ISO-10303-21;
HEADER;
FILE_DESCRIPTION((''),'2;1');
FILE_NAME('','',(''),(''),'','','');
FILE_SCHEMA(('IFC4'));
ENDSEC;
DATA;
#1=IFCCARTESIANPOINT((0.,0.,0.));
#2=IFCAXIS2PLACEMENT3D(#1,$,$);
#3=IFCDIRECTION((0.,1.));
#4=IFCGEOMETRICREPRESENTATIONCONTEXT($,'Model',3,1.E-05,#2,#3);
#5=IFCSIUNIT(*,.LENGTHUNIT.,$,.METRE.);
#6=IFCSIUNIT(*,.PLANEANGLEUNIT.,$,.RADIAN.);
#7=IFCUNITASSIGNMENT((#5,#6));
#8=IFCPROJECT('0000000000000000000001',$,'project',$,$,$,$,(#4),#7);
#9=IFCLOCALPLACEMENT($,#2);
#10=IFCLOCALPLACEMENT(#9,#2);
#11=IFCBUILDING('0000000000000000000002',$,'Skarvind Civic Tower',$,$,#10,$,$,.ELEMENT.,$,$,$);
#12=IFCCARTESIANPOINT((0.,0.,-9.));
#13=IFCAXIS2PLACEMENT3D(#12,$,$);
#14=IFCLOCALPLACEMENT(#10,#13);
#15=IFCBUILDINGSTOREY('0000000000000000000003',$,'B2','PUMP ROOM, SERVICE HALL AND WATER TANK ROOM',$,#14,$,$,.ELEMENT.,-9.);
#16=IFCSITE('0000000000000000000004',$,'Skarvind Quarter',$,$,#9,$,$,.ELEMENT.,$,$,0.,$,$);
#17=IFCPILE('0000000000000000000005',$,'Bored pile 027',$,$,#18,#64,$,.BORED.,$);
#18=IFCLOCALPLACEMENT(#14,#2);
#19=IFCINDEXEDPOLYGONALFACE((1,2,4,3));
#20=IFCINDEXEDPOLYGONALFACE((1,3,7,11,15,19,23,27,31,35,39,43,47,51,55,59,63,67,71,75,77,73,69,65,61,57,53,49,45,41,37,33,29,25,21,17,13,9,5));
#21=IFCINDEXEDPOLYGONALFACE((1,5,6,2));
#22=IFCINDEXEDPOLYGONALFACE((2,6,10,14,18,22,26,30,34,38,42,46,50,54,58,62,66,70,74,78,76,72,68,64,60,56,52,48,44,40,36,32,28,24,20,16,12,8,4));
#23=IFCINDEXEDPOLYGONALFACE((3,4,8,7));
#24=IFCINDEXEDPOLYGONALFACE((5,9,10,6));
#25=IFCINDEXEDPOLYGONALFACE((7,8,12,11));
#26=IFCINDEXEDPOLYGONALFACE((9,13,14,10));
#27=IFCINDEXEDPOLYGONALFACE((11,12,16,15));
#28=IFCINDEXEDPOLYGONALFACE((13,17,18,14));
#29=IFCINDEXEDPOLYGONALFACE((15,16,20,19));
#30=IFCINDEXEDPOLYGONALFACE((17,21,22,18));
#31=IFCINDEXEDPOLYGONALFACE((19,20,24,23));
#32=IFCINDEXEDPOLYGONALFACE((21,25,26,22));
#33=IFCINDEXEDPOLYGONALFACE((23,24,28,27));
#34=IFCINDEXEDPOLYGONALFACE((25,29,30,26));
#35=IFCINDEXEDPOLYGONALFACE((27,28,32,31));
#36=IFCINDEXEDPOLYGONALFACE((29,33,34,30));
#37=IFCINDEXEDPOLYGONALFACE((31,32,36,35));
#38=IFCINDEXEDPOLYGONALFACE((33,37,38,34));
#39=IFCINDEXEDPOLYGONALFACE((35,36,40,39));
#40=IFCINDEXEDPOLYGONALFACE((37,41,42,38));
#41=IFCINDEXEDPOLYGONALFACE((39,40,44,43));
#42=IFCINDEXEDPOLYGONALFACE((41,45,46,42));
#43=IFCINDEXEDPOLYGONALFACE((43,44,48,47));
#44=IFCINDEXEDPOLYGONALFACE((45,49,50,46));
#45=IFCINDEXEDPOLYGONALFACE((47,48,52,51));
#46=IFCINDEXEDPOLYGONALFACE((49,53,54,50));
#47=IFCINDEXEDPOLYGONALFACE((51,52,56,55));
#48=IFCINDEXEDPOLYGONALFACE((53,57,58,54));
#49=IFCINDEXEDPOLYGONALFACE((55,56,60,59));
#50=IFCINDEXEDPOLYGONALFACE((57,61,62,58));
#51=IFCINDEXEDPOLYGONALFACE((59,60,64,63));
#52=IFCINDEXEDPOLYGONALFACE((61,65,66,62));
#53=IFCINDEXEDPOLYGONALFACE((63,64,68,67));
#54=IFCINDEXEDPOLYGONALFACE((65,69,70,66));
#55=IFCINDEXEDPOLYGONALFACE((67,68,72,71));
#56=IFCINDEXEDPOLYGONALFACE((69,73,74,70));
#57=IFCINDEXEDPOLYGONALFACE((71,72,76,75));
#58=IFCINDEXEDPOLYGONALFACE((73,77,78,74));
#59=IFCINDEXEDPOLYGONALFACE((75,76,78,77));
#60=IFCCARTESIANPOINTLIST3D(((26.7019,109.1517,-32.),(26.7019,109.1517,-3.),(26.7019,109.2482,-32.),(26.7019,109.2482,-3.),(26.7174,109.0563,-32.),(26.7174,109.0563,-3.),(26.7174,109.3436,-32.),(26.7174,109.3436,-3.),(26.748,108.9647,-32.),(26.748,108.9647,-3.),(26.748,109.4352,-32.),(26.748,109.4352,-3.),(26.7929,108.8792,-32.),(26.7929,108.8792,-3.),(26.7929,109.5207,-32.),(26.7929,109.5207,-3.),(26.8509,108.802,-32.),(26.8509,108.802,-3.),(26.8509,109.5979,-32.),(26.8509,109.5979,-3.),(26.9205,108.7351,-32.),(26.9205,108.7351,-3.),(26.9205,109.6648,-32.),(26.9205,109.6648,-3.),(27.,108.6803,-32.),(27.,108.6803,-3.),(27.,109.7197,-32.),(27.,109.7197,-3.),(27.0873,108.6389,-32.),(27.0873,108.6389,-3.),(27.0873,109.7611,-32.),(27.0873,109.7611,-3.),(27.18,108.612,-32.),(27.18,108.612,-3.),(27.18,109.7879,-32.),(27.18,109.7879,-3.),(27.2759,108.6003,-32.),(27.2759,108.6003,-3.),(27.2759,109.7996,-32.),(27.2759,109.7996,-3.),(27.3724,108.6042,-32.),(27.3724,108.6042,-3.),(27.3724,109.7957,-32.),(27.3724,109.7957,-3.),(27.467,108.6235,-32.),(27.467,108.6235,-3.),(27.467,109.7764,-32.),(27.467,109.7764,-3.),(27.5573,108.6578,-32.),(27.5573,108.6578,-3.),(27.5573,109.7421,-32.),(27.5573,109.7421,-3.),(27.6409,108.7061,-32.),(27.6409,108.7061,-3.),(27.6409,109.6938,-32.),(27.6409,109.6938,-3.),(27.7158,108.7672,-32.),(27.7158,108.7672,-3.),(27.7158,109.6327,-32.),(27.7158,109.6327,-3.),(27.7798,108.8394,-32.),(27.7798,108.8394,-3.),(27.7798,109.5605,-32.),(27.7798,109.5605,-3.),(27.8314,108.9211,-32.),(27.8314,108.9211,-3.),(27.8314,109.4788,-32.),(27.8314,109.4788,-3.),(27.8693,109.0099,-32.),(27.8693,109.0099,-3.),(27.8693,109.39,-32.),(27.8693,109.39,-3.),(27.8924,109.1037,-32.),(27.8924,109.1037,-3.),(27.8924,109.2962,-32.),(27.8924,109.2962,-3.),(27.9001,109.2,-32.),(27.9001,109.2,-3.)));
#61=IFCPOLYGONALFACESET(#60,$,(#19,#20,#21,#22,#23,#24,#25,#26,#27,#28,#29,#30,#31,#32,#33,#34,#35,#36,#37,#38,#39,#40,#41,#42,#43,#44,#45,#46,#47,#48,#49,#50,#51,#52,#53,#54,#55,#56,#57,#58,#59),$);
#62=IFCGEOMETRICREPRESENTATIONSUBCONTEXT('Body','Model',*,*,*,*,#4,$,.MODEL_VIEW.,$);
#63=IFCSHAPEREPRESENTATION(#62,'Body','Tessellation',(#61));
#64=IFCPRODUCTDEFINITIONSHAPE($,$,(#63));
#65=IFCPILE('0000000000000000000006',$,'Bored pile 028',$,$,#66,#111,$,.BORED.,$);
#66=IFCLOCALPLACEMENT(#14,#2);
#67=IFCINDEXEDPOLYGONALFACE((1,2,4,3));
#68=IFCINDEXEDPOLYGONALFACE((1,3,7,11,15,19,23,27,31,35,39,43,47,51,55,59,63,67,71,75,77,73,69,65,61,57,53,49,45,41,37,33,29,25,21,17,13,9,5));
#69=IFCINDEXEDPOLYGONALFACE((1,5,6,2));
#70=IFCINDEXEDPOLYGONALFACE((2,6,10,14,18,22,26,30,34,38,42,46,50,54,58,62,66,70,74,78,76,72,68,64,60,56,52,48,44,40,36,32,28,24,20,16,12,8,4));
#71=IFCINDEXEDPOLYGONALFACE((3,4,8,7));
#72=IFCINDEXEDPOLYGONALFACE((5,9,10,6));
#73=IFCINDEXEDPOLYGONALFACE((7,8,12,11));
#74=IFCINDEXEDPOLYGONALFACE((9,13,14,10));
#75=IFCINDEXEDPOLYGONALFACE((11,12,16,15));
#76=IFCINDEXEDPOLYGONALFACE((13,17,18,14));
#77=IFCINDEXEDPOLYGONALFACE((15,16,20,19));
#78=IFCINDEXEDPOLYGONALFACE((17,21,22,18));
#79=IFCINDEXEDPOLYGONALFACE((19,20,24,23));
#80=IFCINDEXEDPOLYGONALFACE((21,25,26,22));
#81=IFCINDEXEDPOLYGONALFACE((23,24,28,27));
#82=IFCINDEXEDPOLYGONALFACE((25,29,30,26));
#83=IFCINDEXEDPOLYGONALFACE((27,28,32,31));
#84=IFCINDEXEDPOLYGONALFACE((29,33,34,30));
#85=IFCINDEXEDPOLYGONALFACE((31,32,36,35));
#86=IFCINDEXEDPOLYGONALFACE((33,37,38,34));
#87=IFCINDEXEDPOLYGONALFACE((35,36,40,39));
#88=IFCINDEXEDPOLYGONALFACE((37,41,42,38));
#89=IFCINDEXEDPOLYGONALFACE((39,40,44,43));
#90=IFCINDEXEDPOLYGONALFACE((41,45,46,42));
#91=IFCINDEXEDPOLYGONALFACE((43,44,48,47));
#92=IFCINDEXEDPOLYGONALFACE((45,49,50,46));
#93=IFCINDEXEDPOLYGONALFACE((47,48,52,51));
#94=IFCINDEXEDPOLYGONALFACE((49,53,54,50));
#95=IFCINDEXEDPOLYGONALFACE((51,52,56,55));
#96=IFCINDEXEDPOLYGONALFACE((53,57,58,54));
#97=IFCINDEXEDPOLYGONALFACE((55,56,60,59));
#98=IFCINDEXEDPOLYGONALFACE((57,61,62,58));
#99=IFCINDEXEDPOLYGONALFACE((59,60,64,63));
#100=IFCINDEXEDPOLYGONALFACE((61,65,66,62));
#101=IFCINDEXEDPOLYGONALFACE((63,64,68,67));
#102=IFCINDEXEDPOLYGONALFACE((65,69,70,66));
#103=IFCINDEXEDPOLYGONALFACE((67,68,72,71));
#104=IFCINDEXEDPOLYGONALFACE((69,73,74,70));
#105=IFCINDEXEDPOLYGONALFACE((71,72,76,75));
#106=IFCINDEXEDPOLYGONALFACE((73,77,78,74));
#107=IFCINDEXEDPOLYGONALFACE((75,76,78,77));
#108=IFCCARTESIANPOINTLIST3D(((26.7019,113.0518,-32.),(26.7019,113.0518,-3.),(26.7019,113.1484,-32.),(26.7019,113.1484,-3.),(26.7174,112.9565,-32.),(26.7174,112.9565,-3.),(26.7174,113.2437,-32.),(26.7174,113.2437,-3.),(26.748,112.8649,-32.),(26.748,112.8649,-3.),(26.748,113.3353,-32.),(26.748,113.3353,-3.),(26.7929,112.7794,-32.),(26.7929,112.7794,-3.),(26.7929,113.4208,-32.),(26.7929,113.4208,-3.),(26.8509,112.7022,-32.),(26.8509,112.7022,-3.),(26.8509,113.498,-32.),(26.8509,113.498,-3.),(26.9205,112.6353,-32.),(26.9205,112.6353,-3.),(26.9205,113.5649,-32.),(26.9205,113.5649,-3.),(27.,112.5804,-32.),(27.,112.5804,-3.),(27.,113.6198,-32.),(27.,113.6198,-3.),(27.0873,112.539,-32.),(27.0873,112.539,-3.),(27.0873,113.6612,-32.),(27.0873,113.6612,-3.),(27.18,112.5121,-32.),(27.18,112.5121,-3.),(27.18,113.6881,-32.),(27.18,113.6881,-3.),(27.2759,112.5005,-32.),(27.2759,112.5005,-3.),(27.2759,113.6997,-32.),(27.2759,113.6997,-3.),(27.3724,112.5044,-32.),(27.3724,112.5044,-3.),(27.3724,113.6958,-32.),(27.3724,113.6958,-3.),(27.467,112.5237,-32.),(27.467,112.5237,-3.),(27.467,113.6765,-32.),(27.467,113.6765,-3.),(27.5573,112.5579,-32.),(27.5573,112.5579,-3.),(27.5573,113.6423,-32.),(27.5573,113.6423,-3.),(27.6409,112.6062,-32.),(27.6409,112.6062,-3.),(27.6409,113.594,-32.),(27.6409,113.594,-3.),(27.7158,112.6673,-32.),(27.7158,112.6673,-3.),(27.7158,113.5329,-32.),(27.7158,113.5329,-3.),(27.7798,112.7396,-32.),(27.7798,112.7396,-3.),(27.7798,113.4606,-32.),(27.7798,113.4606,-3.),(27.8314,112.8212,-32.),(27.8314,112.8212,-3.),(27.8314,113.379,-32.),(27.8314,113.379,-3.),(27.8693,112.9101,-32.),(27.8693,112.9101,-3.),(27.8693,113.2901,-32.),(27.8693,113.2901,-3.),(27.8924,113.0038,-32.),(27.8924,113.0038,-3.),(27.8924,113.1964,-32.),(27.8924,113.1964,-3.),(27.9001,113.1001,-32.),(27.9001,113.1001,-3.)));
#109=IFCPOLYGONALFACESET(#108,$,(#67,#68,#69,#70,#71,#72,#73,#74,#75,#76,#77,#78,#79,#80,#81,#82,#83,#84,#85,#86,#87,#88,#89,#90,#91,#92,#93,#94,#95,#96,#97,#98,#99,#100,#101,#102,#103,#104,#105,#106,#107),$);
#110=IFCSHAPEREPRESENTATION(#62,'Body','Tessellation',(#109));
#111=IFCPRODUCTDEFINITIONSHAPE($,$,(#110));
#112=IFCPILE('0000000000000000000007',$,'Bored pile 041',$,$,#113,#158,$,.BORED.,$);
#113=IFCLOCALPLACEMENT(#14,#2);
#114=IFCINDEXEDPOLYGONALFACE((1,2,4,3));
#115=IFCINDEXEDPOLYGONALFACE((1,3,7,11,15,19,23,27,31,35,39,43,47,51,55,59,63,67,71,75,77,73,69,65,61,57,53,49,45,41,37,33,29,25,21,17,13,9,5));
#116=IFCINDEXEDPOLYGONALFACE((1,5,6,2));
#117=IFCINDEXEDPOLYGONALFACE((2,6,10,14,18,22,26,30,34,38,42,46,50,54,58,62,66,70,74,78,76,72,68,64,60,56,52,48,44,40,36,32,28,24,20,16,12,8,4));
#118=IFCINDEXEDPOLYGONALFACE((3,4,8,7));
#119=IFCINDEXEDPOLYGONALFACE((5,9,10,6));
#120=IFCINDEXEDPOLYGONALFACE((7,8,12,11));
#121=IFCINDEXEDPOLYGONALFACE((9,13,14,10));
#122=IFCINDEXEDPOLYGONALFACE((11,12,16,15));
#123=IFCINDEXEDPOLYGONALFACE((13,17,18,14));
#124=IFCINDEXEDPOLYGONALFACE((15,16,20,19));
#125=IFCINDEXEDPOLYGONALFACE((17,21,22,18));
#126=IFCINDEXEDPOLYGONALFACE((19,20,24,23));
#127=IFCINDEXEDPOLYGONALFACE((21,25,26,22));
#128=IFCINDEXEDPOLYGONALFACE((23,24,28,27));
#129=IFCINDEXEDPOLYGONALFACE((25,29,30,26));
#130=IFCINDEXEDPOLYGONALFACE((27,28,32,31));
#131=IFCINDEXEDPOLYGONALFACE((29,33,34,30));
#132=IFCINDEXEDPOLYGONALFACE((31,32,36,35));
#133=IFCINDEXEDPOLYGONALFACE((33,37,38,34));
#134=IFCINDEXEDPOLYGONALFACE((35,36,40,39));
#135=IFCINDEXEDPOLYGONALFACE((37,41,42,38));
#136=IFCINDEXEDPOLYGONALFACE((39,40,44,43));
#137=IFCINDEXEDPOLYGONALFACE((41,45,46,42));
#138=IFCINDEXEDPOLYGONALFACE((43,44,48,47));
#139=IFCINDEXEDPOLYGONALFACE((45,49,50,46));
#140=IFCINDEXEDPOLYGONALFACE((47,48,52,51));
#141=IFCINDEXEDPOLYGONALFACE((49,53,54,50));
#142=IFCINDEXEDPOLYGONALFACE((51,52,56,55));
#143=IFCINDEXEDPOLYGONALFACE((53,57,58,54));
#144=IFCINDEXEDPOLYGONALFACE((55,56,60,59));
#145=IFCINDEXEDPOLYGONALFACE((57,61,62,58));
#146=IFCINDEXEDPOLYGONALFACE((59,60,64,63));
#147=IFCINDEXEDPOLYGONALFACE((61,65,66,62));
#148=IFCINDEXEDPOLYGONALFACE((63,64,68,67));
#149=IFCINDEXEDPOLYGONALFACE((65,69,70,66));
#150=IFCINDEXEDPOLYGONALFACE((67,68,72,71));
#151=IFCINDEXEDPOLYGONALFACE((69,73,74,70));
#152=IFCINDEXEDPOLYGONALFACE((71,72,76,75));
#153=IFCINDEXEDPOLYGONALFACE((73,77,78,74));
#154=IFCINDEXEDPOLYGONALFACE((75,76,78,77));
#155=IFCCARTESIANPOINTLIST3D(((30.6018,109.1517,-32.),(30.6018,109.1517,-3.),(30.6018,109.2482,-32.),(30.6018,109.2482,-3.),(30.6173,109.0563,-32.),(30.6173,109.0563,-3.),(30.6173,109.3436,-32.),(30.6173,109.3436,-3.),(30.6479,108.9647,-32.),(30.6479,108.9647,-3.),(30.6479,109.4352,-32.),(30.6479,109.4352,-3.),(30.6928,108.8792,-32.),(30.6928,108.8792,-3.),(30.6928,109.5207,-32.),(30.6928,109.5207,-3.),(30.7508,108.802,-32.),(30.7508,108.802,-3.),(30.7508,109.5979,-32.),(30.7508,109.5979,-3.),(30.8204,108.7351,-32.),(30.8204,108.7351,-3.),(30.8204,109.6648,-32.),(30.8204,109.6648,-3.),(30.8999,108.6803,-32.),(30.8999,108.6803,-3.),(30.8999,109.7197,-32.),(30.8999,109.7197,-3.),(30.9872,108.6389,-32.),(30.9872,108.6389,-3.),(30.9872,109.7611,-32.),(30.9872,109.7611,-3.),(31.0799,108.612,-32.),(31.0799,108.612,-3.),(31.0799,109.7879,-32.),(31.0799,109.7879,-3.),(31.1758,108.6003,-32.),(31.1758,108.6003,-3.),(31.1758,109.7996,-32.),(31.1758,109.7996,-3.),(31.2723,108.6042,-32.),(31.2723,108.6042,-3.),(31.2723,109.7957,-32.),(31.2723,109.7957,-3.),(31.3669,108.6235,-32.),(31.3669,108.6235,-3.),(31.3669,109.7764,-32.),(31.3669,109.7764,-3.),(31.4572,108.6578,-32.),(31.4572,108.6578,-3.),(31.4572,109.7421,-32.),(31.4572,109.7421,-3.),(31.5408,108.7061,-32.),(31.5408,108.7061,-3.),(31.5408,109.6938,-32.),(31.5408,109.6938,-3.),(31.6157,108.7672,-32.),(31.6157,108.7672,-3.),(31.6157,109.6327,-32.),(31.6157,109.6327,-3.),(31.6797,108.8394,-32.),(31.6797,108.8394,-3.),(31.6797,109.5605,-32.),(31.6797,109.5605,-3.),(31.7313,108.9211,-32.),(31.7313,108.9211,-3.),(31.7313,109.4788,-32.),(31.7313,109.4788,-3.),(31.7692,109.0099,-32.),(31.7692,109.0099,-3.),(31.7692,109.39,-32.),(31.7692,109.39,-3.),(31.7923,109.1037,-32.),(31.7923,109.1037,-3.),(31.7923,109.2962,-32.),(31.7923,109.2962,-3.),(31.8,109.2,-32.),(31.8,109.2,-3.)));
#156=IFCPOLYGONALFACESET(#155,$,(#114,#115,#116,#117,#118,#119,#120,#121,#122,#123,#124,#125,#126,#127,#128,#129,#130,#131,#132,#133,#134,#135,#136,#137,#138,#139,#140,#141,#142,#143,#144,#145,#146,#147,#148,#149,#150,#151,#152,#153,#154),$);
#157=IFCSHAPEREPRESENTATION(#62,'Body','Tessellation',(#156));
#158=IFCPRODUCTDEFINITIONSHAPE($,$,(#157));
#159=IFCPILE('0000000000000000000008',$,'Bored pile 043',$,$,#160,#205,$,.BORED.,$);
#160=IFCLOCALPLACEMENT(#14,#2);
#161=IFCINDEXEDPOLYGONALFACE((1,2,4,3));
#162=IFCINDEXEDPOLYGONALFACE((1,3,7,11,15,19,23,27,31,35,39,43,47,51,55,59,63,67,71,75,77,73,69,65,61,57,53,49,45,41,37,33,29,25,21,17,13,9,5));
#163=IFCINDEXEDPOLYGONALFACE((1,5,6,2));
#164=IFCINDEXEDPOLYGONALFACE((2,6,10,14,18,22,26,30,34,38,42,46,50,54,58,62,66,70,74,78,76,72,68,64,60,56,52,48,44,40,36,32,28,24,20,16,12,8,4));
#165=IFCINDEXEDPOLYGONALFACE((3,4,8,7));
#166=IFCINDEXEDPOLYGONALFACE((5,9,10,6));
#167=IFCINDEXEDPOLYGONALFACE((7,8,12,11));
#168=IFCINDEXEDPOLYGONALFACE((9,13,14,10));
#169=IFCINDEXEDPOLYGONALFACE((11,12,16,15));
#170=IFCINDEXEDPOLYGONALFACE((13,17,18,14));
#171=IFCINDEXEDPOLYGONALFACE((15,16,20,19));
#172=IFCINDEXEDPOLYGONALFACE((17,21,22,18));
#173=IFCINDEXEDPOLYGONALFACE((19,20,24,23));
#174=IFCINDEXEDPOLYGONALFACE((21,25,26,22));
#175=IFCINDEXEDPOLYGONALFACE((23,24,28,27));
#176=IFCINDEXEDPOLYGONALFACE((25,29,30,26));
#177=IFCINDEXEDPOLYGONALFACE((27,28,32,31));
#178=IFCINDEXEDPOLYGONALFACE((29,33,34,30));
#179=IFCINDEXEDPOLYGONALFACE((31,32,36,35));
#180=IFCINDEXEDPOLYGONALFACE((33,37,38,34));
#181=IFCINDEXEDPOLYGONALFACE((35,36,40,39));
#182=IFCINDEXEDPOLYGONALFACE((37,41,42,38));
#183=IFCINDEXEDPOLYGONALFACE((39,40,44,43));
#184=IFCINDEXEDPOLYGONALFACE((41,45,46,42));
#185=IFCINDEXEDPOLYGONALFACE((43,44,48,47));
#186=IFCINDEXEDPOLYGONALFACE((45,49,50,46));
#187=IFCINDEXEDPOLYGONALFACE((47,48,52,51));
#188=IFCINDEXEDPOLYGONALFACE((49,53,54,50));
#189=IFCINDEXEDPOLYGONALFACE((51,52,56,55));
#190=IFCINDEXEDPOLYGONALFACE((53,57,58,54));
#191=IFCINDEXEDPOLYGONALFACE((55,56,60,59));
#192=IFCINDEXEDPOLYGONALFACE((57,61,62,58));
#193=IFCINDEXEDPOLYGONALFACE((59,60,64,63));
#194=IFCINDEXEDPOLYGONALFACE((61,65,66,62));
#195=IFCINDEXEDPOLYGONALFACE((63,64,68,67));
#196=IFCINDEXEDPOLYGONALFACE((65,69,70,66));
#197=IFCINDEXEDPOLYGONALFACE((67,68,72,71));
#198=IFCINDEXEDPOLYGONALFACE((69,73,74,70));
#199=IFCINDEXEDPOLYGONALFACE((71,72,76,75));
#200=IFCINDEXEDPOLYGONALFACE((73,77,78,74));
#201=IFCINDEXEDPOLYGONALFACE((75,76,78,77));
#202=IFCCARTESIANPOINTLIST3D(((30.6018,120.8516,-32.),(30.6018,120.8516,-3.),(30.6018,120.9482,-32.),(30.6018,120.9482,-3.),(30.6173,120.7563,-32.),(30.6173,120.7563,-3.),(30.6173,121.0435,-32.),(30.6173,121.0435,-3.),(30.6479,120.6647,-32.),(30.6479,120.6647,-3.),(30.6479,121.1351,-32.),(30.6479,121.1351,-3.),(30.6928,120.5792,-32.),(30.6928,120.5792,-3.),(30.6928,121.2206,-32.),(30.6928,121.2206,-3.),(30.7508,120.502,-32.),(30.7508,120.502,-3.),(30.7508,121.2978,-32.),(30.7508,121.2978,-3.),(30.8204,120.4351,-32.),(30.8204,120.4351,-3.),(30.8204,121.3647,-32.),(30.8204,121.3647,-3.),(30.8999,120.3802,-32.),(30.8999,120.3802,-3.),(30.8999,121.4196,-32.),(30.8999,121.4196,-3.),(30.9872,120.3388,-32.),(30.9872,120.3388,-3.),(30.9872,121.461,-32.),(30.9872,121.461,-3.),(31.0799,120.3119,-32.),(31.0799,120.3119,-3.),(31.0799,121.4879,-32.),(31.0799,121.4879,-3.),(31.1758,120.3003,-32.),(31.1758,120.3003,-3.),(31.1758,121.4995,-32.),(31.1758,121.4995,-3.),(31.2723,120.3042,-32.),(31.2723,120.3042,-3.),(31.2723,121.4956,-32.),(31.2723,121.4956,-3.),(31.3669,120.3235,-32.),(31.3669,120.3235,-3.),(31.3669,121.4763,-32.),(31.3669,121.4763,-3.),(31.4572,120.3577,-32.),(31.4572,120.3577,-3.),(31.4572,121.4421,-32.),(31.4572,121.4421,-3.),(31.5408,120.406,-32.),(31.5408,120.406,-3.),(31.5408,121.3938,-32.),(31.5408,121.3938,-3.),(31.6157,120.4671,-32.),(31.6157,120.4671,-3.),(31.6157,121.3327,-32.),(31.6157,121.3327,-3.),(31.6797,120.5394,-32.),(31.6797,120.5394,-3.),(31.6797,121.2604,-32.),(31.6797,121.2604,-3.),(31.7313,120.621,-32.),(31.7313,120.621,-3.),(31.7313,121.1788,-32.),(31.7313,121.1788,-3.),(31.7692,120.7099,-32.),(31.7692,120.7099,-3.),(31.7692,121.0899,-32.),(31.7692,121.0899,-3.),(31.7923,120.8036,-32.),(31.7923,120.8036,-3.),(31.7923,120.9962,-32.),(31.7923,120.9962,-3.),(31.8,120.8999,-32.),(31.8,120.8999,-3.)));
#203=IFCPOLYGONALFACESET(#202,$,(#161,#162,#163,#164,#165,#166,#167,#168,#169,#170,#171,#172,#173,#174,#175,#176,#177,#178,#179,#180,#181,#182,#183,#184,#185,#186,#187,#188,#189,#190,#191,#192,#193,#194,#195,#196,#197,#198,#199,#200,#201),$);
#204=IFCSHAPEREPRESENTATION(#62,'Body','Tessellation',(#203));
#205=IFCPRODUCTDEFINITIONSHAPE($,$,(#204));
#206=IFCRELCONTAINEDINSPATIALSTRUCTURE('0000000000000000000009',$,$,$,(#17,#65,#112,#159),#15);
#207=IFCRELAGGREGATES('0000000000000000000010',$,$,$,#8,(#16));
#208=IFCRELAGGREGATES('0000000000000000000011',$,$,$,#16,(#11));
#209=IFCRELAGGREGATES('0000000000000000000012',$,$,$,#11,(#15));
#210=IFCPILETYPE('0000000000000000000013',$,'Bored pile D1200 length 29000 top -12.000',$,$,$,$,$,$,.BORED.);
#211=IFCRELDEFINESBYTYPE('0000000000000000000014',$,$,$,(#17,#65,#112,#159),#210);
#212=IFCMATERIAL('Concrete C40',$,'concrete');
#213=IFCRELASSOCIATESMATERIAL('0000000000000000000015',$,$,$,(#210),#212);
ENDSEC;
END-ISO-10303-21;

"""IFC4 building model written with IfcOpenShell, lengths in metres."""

from ifc_helpers import new_model, si_unit, direction, frame, origin, origin_2d, place, context, subcontext, project, spatial, circle, extrude, material, type_object, element, save


model = new_model("IFC4")

# Units and contexts
model_context = context("Model", 3, precision=1e-05, world=origin(), true_north=direction((0.0, 1.0)))
body_context = subcontext(model_context, "Body", "Model", "MODEL_VIEW")
ifc_project = project(units=[si_unit("LENGTHUNIT", "METRE"), si_unit("PLANEANGLEUNIT", "RADIAN")], contexts=[model_context])

# Site, building, storey
site_placement = place(None, origin())
site = spatial("IfcSite", under=ifc_project, at=site_placement, Name="Skarvind Quarter", CompositionType="ELEMENT", RefElevation=0.0)
building_placement = place(site_placement, origin())
building = spatial("IfcBuilding", under=site, at=building_placement, Name="Skarvind Civic Tower", CompositionType="ELEMENT")
storey_placement = place(building_placement, frame((0.0, 0.0, -9.0)))
storey = spatial("IfcBuildingStorey", under=building, at=storey_placement, Name="B2", Description="PUMP ROOM, SERVICE HALL AND WATER TANK ROOM", CompositionType="ELEMENT", Elevation=-9.0)

# Piles
ifc_material_1 = material(Name="Concrete C40", Category="concrete")
pile_type_1 = type_object("IfcPileType", Name="Bored pile D1200 length 29000 top -12.000", PredefinedType="BORED", material=ifc_material_1)
for number, where, z_axis, x_axis, name in (
    (1, (27.3, 109.2, -3.0), (0.0, 0.0, -1.0), (1.0, 0.0, 0.0), "Bored pile 027"),
    (2, (27.3, 113.1001, -3.0), (0.0, 0.0, -1.0), (1.0, 0.0, 0.0), "Bored pile 028"),
    (3, (31.2, 109.2, -3.0), (0.0, 0.0, -1.0), (1.0, 0.0, 0.0), "Bored pile 041"),
    (4, (31.2, 120.8999, -3.0), (0.0, 0.0, -1.0), (1.0, 0.0, 0.0), "Bored pile 043"),
):
    element("IfcPile", number, at=place(storey_placement, frame(where, z_axis=z_axis, x_axis=x_axis)), inside=storey, type_object=pile_type_1, Name=name, PredefinedType="BORED", context=body_context, shape_type="SweptSolid", body=[
        extrude(circle(Radius=0.6001, at=origin_2d()), origin(), (0.0, 0.0, 1.0), 29.0),
    ])

save(model, "model.ifc")
